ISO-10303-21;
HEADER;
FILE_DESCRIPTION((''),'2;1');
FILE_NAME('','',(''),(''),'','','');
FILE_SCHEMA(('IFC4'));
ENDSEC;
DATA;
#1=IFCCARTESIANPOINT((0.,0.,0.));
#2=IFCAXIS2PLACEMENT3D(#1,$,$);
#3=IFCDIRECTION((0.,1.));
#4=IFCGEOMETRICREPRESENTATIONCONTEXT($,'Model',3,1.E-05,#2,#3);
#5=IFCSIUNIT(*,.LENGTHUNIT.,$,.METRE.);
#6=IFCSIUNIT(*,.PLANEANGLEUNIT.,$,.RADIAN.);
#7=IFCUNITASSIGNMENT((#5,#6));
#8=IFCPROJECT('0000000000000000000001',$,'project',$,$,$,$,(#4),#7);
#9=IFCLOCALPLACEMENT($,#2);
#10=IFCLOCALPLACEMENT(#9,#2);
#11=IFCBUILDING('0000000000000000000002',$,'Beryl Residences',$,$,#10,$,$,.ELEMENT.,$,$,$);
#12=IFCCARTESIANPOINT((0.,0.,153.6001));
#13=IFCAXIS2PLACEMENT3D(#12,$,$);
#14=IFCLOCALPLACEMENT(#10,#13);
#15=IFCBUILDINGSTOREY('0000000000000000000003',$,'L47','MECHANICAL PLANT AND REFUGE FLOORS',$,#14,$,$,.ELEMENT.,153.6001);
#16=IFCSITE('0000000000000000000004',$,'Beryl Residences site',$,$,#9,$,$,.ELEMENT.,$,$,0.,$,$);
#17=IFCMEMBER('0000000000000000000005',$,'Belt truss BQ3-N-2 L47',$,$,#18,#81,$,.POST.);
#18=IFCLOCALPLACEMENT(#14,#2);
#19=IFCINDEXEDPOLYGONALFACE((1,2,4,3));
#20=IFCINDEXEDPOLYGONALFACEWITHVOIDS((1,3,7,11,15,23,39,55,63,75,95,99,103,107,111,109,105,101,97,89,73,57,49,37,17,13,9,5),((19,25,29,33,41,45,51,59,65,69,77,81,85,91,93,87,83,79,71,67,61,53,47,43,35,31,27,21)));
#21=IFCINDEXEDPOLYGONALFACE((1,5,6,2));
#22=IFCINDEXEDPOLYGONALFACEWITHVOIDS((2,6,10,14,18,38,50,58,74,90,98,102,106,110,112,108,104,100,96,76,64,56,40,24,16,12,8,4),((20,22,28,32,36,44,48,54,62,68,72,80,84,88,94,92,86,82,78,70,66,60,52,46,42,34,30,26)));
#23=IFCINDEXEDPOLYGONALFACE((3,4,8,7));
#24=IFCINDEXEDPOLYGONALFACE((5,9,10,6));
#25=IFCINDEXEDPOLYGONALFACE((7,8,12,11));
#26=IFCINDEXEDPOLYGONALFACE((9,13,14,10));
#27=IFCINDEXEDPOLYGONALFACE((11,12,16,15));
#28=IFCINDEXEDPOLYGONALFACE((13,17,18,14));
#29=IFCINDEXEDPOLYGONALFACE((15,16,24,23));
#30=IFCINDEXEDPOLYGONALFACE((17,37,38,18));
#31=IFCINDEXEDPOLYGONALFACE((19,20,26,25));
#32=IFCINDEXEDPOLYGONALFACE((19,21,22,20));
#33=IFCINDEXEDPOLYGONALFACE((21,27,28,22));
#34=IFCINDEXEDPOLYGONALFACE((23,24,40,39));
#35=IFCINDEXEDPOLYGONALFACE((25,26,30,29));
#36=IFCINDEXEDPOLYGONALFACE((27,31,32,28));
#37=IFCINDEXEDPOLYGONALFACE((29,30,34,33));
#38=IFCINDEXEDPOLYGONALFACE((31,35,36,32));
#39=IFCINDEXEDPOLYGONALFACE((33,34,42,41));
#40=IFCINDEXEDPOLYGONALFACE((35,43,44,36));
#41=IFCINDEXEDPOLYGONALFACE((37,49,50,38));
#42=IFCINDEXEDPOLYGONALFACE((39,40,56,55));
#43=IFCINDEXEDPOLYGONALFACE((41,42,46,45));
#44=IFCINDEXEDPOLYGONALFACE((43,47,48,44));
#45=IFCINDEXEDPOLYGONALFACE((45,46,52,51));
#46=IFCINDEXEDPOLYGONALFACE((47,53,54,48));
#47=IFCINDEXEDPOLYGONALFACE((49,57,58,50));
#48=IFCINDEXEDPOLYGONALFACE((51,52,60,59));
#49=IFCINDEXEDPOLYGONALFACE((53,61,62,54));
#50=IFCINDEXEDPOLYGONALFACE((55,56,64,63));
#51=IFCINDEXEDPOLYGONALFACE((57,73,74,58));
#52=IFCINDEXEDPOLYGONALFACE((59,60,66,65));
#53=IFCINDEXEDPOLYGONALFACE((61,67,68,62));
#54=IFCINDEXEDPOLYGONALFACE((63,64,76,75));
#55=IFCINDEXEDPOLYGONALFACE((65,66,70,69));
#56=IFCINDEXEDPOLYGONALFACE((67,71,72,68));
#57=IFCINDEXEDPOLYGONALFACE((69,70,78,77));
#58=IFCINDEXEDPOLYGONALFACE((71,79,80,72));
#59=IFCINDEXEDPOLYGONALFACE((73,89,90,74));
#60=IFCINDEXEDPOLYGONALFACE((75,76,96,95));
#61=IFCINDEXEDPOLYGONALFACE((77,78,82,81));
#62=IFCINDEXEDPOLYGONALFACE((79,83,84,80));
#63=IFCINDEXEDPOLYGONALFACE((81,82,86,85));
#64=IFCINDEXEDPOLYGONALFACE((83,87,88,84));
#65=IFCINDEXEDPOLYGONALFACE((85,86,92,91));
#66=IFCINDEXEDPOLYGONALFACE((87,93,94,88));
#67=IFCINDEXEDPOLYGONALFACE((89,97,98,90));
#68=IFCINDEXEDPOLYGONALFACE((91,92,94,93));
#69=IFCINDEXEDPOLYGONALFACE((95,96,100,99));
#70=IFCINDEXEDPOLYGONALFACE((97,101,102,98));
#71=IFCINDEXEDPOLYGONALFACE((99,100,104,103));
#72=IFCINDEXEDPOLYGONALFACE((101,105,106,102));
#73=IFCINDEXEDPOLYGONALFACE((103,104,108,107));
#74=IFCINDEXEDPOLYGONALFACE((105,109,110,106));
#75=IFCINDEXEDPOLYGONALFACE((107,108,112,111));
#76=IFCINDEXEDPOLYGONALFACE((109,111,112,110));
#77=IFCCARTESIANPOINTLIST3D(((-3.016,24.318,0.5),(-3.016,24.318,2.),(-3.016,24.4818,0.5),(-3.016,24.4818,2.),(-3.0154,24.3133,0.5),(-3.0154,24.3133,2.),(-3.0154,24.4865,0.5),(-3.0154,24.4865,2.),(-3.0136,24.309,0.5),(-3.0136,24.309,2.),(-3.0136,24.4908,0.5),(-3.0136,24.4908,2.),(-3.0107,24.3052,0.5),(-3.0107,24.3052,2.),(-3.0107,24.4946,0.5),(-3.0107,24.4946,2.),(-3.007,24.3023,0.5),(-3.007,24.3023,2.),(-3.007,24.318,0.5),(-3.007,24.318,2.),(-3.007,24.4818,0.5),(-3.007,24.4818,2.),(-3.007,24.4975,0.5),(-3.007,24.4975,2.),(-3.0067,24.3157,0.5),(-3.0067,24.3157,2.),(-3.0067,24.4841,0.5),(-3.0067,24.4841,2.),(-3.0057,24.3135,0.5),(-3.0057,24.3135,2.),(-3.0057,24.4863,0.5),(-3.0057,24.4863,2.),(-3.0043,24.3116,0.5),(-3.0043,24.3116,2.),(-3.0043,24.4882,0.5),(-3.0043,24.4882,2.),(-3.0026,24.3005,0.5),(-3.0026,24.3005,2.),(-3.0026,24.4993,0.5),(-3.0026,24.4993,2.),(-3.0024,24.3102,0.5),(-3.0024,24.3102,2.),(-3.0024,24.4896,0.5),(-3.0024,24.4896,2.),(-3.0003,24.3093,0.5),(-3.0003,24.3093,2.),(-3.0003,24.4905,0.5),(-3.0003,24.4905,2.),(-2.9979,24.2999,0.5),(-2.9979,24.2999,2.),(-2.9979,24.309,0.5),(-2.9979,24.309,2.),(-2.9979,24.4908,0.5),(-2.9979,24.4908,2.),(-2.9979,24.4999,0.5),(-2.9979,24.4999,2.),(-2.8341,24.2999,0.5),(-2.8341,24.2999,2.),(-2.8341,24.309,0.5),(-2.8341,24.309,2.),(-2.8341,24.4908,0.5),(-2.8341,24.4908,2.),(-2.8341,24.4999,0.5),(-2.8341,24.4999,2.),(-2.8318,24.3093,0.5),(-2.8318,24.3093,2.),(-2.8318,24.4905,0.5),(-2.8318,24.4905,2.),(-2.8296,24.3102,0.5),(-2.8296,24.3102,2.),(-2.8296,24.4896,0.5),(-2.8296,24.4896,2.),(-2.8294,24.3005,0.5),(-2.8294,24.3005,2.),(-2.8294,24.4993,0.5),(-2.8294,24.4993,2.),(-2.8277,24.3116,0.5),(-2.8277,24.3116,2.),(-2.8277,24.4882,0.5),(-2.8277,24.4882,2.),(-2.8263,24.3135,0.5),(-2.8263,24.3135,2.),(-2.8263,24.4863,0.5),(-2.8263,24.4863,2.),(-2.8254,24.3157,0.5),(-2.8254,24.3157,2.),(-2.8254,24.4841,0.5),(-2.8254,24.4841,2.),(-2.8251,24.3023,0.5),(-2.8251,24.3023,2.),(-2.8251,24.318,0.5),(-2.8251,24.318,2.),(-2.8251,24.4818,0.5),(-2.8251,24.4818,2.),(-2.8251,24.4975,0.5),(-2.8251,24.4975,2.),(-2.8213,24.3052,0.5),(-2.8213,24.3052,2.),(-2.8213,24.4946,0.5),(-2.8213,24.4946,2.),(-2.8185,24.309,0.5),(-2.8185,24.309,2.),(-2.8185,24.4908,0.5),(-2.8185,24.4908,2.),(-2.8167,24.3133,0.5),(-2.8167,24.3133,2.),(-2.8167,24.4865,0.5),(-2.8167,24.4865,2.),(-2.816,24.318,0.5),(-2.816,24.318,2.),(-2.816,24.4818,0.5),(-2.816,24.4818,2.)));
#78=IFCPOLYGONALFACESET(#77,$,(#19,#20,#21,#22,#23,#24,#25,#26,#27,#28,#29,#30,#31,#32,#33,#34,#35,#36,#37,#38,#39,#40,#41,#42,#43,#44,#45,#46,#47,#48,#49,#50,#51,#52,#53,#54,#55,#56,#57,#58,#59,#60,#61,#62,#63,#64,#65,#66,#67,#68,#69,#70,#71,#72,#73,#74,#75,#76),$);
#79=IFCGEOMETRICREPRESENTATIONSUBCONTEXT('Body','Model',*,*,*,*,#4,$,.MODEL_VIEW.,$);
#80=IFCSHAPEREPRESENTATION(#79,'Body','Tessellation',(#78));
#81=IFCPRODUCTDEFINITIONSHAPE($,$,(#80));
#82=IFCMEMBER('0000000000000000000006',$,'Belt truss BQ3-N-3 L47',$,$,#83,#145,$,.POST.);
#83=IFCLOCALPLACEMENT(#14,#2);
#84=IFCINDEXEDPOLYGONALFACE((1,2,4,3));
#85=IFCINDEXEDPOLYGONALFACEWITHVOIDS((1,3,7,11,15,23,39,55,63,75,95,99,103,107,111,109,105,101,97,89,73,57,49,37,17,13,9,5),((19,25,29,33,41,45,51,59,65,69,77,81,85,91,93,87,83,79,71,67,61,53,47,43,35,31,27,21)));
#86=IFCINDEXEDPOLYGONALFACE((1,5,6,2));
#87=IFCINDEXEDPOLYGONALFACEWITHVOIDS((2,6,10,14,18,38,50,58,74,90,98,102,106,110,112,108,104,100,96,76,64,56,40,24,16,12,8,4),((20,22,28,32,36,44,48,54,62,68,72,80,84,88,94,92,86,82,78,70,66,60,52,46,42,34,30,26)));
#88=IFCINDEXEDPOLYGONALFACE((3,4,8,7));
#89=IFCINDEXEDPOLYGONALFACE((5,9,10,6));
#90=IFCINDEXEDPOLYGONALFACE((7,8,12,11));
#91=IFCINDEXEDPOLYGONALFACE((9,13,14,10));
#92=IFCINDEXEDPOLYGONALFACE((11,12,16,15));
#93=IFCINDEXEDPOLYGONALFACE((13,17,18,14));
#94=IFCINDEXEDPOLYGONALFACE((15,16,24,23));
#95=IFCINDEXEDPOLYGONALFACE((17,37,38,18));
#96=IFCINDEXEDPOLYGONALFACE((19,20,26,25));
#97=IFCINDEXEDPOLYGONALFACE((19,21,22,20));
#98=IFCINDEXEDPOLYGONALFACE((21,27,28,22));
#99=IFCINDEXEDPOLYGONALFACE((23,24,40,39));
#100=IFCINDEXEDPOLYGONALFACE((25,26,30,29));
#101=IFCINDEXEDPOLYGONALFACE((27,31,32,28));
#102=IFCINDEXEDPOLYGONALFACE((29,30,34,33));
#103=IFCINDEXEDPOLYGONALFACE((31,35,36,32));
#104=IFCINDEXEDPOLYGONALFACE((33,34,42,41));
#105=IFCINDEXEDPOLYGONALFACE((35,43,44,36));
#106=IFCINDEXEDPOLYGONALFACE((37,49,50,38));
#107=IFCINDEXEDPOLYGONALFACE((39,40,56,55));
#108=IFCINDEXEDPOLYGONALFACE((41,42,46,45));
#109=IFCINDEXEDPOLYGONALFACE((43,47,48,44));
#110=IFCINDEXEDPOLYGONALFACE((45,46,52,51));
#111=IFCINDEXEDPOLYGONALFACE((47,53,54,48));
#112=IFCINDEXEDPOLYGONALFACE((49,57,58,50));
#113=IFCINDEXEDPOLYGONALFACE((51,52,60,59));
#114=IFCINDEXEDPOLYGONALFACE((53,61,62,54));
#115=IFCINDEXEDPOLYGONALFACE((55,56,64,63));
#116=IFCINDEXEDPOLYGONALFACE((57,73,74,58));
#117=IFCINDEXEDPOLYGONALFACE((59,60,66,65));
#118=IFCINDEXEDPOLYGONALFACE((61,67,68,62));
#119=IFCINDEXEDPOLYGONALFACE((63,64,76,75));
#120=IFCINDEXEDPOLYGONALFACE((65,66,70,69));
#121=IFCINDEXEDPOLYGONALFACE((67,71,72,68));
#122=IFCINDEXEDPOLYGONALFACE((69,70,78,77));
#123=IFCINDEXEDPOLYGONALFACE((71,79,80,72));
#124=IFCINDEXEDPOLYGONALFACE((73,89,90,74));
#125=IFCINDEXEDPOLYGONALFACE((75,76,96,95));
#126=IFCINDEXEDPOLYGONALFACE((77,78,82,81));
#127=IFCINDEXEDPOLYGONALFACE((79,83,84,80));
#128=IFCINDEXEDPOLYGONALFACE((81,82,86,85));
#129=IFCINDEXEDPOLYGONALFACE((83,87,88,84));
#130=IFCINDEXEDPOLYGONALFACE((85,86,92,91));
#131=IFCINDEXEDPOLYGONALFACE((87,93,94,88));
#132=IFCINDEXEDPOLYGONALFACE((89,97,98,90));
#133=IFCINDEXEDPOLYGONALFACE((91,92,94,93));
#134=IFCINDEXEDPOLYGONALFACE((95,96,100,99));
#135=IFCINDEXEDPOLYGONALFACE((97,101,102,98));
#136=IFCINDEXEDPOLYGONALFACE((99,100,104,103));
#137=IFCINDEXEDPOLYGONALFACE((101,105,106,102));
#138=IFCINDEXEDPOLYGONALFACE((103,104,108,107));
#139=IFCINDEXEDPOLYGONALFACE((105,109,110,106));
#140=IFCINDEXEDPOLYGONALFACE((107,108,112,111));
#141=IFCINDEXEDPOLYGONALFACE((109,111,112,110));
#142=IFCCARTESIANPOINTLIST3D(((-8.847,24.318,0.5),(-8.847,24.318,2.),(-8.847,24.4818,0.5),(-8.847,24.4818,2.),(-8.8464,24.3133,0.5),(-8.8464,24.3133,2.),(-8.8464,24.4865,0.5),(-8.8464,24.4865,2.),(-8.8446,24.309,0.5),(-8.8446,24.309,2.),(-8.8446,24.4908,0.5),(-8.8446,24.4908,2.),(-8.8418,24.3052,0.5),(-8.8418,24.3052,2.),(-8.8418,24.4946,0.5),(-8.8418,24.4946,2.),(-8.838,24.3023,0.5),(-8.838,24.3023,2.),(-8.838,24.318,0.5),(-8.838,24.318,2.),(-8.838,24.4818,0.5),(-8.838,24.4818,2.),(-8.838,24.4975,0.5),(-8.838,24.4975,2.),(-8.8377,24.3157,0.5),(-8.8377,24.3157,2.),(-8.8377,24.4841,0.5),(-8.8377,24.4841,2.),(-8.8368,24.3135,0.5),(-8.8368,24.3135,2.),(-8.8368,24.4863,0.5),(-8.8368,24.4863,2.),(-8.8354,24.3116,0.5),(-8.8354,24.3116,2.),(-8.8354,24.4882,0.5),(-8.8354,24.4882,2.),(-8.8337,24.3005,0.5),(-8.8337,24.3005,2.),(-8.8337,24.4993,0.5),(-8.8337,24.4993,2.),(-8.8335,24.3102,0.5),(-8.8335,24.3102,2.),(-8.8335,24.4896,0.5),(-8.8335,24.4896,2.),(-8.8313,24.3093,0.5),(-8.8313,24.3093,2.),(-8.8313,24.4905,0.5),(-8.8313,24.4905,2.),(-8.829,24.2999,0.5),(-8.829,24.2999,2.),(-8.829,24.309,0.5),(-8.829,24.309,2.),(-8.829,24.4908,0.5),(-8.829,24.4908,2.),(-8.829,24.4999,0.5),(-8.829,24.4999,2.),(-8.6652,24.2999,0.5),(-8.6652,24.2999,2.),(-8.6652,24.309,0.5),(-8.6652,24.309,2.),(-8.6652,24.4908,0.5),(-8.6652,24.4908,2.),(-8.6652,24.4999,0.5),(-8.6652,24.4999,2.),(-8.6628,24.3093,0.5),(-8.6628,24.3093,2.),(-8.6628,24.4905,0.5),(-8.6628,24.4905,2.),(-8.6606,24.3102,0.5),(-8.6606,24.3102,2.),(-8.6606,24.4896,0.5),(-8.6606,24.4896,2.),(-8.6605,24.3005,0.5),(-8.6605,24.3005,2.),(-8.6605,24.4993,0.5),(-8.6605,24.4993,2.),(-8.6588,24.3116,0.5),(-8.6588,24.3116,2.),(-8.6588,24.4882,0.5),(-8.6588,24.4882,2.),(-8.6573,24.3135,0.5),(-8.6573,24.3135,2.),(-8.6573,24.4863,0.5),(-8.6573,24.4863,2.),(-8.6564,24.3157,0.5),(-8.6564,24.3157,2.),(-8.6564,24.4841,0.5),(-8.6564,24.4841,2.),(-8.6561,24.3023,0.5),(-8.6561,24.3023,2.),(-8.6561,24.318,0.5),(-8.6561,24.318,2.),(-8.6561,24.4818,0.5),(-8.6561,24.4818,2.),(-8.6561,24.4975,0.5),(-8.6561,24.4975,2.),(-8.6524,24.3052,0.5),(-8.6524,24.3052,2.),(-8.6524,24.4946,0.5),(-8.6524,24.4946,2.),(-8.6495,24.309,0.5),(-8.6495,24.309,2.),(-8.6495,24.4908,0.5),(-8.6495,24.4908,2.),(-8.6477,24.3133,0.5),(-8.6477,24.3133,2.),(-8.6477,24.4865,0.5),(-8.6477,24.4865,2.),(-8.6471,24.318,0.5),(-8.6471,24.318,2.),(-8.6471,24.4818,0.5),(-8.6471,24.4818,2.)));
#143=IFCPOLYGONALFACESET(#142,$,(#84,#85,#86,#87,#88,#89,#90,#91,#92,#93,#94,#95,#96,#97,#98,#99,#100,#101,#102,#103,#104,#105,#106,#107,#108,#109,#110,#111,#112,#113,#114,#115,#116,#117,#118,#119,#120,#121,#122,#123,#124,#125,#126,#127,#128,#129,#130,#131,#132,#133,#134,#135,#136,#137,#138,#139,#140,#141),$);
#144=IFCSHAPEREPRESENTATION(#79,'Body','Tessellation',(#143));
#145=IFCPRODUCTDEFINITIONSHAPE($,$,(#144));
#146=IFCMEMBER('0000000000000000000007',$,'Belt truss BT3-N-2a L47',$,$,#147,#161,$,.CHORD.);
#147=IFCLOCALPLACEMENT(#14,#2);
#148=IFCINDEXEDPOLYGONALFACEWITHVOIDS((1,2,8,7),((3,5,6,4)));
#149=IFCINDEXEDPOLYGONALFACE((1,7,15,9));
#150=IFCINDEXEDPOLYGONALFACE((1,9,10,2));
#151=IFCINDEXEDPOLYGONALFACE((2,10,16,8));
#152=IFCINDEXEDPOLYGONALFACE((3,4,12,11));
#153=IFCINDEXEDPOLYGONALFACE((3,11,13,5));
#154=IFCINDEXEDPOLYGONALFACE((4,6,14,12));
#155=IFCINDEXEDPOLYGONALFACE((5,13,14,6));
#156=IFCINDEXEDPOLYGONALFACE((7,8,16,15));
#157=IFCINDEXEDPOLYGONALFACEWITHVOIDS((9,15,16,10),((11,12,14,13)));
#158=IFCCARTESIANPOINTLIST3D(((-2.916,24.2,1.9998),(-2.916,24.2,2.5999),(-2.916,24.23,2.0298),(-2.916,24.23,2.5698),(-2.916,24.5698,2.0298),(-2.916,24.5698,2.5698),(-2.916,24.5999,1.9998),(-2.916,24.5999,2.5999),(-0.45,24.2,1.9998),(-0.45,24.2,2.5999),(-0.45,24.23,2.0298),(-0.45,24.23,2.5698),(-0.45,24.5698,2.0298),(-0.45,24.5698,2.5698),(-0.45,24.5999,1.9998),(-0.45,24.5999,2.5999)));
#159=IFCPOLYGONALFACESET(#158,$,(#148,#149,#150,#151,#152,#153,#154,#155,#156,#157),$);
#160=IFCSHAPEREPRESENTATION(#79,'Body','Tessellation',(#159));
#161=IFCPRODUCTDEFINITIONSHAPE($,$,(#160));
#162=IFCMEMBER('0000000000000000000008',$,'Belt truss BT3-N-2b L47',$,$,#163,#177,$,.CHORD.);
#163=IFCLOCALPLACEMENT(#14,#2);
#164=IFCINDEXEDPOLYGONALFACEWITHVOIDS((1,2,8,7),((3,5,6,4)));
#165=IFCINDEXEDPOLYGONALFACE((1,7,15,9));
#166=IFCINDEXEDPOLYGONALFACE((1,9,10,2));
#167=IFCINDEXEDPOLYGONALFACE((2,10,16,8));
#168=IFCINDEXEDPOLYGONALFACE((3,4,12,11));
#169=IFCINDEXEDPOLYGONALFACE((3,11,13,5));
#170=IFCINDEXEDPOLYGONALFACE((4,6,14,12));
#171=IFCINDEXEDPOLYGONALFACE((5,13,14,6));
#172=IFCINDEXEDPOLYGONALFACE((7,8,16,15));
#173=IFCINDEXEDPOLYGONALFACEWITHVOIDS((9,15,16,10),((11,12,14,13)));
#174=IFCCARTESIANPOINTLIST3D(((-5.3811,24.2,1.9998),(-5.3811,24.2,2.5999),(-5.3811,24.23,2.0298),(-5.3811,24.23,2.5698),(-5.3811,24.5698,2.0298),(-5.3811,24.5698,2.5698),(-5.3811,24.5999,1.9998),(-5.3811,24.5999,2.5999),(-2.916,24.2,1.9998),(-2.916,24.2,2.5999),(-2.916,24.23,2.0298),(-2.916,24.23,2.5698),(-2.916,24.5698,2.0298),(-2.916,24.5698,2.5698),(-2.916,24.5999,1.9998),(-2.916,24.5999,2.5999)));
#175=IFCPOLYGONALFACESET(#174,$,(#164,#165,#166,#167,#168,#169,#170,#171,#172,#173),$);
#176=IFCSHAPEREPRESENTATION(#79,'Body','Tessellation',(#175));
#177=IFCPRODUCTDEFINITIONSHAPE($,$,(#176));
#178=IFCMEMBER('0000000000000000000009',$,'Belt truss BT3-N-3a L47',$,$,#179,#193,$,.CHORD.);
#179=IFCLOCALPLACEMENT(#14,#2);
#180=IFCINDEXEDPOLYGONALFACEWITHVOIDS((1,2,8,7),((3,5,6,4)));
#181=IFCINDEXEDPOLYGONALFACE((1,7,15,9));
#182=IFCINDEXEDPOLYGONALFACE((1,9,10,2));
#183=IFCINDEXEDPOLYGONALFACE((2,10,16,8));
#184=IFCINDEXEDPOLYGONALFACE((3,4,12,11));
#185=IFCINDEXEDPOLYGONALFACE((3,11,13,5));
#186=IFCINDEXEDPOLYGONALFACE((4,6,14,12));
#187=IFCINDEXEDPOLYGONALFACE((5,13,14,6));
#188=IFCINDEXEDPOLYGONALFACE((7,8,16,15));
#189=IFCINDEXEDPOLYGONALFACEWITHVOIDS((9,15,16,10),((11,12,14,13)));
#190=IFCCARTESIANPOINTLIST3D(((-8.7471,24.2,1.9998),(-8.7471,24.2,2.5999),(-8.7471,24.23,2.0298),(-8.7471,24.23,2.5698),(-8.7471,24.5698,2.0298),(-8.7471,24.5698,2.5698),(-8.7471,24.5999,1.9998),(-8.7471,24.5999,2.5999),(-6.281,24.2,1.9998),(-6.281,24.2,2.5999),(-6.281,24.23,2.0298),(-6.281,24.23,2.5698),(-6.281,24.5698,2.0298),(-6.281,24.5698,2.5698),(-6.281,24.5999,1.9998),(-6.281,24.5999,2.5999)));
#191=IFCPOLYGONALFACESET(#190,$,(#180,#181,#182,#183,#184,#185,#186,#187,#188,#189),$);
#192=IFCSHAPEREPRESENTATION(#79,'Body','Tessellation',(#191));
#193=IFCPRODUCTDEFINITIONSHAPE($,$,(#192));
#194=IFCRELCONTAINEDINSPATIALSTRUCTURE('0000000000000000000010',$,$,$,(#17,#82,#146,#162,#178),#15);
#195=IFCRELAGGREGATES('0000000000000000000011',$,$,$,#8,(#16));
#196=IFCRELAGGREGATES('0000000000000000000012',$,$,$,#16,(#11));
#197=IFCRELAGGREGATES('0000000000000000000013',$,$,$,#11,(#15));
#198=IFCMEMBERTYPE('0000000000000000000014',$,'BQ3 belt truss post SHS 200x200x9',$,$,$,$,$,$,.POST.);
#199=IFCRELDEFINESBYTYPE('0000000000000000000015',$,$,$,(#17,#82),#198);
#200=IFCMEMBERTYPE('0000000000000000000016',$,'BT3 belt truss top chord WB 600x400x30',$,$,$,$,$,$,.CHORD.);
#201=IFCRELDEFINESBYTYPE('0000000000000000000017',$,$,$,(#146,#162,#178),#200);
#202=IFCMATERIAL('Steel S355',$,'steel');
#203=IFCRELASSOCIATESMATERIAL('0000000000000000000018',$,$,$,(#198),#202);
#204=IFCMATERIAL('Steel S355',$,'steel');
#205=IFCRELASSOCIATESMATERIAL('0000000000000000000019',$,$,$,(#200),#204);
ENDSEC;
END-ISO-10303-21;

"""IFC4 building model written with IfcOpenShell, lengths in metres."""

from ifc_helpers import new_model, si_unit, direction, frame, origin, origin_2d, place, context, subcontext, project, spatial, hollow_rectangle, extrude, material, material_profile, profile_set, type_object, element, save


model = new_model("IFC4")

# Units and contexts
model_context = context("Model", 3, precision=1e-05, world=origin(), true_north=direction((0.0, 1.0)))
body_context = subcontext(model_context, "Body", "Model", "MODEL_VIEW")
ifc_project = project(units=[si_unit("LENGTHUNIT", "METRE"), si_unit("PLANEANGLEUNIT", "RADIAN")], contexts=[model_context])

# Site, building, storey
site_placement = place(None, origin())
site = spatial("IfcSite", under=ifc_project, at=site_placement, Name="Beryl Residences site", CompositionType="ELEMENT", RefElevation=0.0)
building_placement = place(site_placement, origin())
building = spatial("IfcBuilding", under=site, at=building_placement, Name="Beryl Residences", CompositionType="ELEMENT")
storey_placement = place(building_placement, frame((0.0, 0.0, 153.6001)))
storey = spatial("IfcBuildingStorey", under=building, at=storey_placement, Name="L47", Description="MECHANICAL PLANT AND REFUGE FLOORS", CompositionType="ELEMENT", Elevation=153.6001)

# Members
ifc_material_1 = material(Name="Steel S355", Category="steel")
ifc_material_profile_1 = material_profile(ifc_material_1, hollow_rectangle(XDim=0.2, YDim=0.2, WallThickness=0.009, InnerFilletRadius=0.009, OuterFilletRadius=0.0181, at=origin_2d()))
ifc_profile_set_1 = profile_set([ifc_material_profile_1], Name="Steel S355")
member_type_1 = type_object("IfcMemberType", Name="BQ3 belt truss post SHS 200x200x9", PredefinedType="POST", material=ifc_profile_set_1)
for number, where, z_axis, x_axis, name in (
    (1, (-2.916, 24.3999, 0.5), (0.0, 0.0, 1.0), (1.0, 0.0, 0.0), "Belt truss BQ3-N-2 L47"),
    (2, (-8.7471, 24.3999, 0.5), (0.0, 0.0, 1.0), (1.0, 0.0, 0.0), "Belt truss BQ3-N-3 L47"),
):
    element("IfcMember", number, at=place(storey_placement, frame(where, z_axis=z_axis, x_axis=x_axis)), inside=storey, type_object=member_type_1, Name=name, PredefinedType="POST", context=body_context, shape_type="SweptSolid", body=[
        extrude(hollow_rectangle(XDim=0.2, YDim=0.2, WallThickness=0.009, InnerFilletRadius=0.009, OuterFilletRadius=0.0181, at=origin_2d()), origin(), (0.0, 0.0, 1.0), 1.5),
    ])
ifc_material_2 = material(Name="Steel S355", Category="steel")
ifc_material_profile_2 = material_profile(ifc_material_2, hollow_rectangle(XDim=0.3999, YDim=0.6001, WallThickness=0.03, at=origin_2d()))
ifc_profile_set_2 = profile_set([ifc_material_profile_2], Name="Steel S355")
member_type_2 = type_object("IfcMemberType", Name="BT3 belt truss top chord WB 600x400x30", PredefinedType="CHORD", material=ifc_profile_set_2)
member_1_placement = place(storey_placement, frame((-0.45, 24.3999, 2.2998), z_axis=(-1.0, 0.0, 0.0), x_axis=(0.0, -1.0, 0.0)))
element("IfcMember", 3, at=member_1_placement, inside=storey, type_object=member_type_2, Name="Belt truss BT3-N-2a L47", PredefinedType="CHORD", context=body_context, shape_type="SweptSolid", body=[
    extrude(hollow_rectangle(XDim=0.3999, YDim=0.6001, WallThickness=0.03, at=origin_2d()), origin(), (0.0, 0.0, 1.0), 2.4661),
])
member_2_placement = place(storey_placement, frame((-2.916, 24.3999, 2.2998), z_axis=(-1.0, 0.0, 0.0), x_axis=(0.0, -1.0, 0.0)))
element("IfcMember", 4, at=member_2_placement, inside=storey, type_object=member_type_2, Name="Belt truss BT3-N-2b L47", PredefinedType="CHORD", context=body_context, shape_type="SweptSolid", body=[
    extrude(hollow_rectangle(XDim=0.3999, YDim=0.6001, WallThickness=0.03, at=origin_2d()), origin(), (0.0, 0.0, 1.0), 2.4651),
])
member_3_placement = place(storey_placement, frame((-6.281, 24.3999, 2.2998), z_axis=(-1.0, 0.0, 0.0), x_axis=(0.0, -1.0, 0.0)))
element("IfcMember", 5, at=member_3_placement, inside=storey, type_object=member_type_2, Name="Belt truss BT3-N-3a L47", PredefinedType="CHORD", context=body_context, shape_type="SweptSolid", body=[
    extrude(hollow_rectangle(XDim=0.3999, YDim=0.6001, WallThickness=0.03, at=origin_2d()), origin(), (0.0, 0.0, 1.0), 2.4661),
])

save(model, "model.ifc")
